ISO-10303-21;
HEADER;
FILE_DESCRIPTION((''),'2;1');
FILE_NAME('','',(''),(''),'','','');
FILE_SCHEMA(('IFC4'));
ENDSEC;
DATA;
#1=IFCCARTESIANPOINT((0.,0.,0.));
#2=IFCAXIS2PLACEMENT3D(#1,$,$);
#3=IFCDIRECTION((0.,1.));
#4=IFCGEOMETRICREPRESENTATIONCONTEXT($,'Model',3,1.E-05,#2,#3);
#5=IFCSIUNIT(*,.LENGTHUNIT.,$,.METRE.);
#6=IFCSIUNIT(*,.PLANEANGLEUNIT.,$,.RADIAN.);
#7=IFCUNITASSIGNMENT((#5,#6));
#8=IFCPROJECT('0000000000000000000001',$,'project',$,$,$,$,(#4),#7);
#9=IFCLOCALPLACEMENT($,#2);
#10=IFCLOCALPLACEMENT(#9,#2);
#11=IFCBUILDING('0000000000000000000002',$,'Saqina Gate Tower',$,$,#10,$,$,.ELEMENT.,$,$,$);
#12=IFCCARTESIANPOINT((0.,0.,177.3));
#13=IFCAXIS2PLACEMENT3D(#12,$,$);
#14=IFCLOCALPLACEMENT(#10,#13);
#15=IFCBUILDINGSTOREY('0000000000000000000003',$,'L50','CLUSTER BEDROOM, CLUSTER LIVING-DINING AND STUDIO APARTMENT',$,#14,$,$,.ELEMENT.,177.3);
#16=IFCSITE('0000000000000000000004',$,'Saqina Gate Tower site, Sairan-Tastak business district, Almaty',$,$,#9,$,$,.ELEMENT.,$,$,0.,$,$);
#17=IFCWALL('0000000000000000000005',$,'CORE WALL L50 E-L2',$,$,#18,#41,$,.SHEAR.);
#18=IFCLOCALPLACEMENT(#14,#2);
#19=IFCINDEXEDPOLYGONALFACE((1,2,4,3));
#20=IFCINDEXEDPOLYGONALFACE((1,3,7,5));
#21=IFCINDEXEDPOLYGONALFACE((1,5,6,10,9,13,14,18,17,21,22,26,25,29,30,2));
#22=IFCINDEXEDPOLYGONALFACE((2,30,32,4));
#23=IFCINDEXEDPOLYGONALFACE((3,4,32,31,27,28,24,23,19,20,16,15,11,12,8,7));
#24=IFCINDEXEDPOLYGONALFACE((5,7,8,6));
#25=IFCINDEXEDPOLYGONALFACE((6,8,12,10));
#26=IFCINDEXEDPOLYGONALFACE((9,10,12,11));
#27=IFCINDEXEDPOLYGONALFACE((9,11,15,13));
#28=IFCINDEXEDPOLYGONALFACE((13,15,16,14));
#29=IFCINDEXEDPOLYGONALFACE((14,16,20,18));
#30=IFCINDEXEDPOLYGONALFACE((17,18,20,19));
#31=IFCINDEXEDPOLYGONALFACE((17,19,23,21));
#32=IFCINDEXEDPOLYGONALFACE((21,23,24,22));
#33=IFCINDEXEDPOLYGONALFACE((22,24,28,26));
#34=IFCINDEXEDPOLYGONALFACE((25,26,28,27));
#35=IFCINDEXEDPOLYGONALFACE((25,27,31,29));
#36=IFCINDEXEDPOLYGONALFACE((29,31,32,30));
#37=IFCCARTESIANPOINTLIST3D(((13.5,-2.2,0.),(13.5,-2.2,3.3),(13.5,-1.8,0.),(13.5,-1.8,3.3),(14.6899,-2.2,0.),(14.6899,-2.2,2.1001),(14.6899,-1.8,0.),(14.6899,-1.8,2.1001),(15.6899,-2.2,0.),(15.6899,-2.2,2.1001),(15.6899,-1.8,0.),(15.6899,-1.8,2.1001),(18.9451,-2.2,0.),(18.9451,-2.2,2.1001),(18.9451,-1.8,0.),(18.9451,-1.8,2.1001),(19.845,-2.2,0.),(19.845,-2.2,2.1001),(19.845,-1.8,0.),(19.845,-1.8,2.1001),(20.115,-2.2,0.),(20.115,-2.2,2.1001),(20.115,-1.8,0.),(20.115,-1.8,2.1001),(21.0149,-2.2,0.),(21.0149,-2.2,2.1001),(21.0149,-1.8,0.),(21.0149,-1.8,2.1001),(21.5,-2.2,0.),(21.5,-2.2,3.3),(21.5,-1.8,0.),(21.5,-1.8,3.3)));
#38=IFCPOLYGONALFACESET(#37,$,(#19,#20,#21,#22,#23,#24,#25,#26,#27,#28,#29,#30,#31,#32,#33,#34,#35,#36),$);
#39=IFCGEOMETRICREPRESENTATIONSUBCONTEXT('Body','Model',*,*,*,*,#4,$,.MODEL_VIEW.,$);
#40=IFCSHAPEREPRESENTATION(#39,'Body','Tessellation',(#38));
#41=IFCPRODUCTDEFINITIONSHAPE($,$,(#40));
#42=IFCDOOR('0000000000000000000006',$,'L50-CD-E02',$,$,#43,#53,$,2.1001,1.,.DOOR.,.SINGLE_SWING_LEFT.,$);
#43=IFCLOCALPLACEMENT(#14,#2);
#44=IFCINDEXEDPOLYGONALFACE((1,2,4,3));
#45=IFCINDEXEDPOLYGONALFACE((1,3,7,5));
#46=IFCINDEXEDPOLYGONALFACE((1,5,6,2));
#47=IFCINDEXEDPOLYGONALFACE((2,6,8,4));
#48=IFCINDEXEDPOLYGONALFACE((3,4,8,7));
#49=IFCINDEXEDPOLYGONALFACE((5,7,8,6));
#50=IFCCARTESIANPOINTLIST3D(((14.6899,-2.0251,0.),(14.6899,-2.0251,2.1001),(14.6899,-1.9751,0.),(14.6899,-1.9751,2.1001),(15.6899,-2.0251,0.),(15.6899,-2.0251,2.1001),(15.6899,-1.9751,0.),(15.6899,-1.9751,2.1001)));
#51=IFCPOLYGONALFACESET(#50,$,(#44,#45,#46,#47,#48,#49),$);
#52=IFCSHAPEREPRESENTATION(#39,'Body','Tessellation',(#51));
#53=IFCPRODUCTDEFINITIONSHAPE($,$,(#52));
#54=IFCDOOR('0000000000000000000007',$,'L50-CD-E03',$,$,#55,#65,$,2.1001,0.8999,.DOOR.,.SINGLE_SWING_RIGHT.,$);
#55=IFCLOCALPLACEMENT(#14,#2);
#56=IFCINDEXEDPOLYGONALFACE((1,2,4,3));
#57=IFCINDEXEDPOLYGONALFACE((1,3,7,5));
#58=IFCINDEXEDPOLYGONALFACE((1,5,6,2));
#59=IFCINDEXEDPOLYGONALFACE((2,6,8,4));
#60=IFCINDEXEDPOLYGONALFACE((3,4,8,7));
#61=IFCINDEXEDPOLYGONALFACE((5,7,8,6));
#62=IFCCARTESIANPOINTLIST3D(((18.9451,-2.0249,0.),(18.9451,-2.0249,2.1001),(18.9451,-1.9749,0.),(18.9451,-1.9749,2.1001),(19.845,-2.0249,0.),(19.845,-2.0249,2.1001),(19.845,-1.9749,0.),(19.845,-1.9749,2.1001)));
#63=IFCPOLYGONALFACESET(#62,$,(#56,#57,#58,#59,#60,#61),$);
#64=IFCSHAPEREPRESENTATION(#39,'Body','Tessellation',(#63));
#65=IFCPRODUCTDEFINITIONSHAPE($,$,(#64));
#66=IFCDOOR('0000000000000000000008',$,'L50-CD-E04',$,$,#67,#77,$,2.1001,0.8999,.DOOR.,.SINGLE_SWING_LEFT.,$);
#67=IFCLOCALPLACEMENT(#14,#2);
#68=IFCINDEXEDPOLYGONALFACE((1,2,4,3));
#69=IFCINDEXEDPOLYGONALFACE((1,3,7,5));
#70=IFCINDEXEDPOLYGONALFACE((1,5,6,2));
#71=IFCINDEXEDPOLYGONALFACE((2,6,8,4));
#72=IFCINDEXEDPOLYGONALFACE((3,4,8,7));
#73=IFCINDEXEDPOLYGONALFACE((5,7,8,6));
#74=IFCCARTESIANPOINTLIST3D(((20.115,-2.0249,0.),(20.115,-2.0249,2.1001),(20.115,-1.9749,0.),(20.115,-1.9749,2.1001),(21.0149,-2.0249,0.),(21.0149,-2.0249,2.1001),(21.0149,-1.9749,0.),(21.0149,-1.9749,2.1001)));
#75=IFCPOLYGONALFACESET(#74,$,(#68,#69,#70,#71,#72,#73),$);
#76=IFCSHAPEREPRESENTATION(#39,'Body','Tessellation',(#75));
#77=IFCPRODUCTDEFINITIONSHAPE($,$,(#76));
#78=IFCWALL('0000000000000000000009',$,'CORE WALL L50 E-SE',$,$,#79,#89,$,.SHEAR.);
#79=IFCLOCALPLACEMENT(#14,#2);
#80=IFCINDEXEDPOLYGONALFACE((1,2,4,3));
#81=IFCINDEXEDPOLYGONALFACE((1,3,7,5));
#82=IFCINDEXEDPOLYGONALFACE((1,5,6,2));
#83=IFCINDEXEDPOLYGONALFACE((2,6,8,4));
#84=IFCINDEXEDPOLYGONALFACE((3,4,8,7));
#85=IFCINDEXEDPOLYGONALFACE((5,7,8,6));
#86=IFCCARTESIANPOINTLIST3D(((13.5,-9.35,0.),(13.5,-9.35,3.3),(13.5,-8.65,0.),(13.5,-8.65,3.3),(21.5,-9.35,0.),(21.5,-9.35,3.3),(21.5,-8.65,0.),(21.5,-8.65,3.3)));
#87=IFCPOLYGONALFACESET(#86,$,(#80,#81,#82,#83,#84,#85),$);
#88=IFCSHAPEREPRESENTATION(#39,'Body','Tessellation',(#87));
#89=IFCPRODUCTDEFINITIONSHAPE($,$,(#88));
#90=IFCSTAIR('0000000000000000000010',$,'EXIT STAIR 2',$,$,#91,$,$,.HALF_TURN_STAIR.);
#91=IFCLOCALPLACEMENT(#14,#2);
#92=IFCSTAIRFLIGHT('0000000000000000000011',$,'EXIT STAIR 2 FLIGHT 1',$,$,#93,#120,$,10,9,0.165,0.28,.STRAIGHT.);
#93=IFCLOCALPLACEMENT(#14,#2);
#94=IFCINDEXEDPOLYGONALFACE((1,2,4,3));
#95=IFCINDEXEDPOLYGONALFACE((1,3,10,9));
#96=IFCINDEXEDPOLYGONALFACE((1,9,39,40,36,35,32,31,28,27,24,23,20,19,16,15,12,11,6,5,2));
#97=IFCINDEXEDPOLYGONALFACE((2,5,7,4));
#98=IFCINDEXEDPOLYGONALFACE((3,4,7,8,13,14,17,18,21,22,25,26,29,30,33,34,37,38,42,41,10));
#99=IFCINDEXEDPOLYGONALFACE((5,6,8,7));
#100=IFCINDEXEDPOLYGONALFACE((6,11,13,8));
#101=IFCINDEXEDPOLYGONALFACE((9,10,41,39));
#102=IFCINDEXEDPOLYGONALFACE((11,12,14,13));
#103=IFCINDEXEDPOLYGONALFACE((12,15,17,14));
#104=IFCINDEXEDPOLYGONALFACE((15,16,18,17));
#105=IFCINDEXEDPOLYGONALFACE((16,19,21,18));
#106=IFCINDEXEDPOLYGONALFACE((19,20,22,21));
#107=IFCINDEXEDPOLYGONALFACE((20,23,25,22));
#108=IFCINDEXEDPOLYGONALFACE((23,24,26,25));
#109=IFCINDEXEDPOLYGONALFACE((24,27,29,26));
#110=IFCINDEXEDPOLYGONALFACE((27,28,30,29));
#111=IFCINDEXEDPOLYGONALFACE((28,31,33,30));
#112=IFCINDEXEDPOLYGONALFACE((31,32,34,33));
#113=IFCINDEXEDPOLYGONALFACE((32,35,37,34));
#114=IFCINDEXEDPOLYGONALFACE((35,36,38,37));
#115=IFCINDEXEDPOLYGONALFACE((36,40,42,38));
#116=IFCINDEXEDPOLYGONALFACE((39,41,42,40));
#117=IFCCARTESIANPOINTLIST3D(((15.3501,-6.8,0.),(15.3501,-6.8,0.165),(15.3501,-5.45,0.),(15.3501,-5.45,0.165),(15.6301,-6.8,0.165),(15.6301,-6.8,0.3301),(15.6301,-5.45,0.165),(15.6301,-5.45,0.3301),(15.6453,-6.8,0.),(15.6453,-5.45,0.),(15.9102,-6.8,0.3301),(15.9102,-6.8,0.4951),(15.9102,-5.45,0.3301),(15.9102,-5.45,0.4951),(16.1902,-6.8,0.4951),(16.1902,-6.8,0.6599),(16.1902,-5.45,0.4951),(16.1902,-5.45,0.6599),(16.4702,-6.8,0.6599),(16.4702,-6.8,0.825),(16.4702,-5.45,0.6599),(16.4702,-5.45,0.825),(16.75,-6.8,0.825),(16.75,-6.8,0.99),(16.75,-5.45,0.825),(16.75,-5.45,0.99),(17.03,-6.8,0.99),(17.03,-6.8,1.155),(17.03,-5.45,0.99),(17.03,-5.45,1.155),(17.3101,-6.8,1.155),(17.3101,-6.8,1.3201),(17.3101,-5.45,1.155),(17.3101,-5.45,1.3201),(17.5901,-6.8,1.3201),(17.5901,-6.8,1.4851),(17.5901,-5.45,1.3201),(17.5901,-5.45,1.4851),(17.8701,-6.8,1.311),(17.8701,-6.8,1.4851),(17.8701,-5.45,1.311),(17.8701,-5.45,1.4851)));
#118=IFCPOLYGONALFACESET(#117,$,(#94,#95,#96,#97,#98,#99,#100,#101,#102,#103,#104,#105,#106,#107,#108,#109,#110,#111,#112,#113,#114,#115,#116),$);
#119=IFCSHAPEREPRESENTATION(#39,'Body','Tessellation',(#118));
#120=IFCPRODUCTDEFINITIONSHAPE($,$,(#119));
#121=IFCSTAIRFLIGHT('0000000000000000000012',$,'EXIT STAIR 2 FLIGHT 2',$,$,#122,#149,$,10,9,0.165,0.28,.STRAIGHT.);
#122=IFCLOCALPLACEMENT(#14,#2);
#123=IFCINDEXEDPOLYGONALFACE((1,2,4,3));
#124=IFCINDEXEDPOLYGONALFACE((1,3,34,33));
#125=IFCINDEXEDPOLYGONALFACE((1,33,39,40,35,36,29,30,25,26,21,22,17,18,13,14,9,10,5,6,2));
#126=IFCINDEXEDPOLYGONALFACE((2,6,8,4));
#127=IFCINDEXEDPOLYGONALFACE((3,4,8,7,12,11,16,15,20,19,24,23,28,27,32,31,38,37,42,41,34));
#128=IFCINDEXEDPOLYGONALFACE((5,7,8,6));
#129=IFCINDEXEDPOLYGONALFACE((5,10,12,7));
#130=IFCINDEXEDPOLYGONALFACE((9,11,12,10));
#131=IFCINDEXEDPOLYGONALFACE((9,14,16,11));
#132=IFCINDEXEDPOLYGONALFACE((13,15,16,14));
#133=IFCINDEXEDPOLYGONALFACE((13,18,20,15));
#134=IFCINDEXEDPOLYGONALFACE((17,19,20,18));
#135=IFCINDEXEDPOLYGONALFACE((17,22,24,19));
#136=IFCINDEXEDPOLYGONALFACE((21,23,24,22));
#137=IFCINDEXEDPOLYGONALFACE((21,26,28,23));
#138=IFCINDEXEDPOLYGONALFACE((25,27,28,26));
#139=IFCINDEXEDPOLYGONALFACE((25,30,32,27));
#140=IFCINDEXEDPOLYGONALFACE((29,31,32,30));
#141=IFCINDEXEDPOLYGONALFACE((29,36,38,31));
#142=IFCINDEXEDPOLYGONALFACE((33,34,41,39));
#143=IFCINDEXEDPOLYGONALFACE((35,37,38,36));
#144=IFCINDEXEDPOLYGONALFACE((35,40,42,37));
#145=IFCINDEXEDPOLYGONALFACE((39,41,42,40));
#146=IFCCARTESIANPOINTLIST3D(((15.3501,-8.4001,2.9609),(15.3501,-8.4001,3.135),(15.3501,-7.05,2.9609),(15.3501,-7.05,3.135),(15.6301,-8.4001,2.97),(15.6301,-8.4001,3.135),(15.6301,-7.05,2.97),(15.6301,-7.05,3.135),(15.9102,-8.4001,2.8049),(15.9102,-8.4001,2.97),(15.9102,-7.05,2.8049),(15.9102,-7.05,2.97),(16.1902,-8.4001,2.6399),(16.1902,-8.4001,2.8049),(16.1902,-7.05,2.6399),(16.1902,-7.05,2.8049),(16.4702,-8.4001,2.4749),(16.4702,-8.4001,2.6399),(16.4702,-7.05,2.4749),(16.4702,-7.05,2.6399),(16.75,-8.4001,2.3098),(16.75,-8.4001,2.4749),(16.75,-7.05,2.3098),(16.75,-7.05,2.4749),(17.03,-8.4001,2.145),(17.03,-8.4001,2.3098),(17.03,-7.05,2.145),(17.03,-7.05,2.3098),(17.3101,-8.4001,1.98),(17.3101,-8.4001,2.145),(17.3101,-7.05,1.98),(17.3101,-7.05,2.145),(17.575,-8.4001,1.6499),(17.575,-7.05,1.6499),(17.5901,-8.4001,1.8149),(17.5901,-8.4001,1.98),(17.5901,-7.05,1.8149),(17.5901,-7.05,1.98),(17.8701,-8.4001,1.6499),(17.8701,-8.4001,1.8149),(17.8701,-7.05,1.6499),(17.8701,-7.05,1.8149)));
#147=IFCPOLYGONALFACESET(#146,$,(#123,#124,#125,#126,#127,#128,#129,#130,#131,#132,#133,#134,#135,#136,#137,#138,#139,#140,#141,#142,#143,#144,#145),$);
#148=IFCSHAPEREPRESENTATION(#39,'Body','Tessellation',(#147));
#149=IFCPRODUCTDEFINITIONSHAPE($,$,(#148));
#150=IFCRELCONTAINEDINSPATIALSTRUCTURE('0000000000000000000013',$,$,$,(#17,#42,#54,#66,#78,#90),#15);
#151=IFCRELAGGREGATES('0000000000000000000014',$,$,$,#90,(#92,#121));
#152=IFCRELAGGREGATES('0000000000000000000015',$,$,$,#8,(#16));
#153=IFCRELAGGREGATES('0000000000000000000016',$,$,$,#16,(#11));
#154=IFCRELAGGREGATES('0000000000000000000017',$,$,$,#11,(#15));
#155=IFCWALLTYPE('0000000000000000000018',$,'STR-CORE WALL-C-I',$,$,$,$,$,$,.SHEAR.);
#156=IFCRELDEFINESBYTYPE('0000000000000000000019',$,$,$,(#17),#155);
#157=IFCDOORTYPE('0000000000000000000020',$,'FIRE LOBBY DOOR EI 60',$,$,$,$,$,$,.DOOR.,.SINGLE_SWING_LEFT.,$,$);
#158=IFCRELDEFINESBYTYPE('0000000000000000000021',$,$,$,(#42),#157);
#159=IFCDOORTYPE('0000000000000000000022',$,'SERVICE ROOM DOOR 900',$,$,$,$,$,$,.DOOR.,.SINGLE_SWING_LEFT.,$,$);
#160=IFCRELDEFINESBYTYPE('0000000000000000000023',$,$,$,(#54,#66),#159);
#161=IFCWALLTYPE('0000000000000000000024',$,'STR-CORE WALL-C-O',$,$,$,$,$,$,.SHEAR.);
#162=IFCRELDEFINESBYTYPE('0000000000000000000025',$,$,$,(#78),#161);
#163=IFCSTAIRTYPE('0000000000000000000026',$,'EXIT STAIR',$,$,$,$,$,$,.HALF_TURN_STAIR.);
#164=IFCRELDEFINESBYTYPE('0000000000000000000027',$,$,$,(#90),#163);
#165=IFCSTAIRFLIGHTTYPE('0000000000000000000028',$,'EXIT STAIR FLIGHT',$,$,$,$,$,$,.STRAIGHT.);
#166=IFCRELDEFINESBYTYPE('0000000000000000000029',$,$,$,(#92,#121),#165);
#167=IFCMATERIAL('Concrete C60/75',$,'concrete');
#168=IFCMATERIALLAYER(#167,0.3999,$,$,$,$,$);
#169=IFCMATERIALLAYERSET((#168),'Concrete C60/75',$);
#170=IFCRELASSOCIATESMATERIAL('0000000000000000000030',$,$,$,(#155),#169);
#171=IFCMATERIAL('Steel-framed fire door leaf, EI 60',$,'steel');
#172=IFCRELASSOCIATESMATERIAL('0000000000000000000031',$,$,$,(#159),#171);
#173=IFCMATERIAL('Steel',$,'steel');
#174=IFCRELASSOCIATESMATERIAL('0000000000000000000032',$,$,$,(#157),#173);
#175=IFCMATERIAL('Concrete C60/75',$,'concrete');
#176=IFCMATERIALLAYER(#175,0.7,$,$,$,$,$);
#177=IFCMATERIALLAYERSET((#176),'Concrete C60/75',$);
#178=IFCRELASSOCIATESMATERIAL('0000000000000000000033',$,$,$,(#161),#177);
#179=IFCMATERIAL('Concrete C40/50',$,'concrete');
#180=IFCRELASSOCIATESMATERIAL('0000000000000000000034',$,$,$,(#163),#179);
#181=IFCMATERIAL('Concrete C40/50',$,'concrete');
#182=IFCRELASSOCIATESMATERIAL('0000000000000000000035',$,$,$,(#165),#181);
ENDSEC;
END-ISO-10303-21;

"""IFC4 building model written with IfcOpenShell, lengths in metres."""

from ifc_helpers import new_model, si_unit, direction, frame, frame_2d, origin, place, context, subcontext, project, spatial, polyline, rectangle, outline, extrude, material, layer, layer_set, type_object, element, fill, aggregate, save


model = new_model("IFC4")

# Units and contexts
model_context = context("Model", 3, precision=1e-05, world=origin(), true_north=direction((0.0, 1.0)))
body_context = subcontext(model_context, "Body", "Model", "MODEL_VIEW")
ifc_project = project(units=[si_unit("LENGTHUNIT", "METRE"), si_unit("PLANEANGLEUNIT", "RADIAN")], contexts=[model_context])

# Site, building, storey
site_placement = place(None, origin())
site = spatial("IfcSite", under=ifc_project, at=site_placement, Name="Saqina Gate Tower site, Sairan-Tastak business district, Almaty", CompositionType="ELEMENT", RefElevation=0.0)
building_placement = place(site_placement, origin())
building = spatial("IfcBuilding", under=site, at=building_placement, Name="Saqina Gate Tower", CompositionType="ELEMENT")
storey_placement = place(building_placement, frame((0.0, 0.0, 177.3)))
storey = spatial("IfcBuildingStorey", under=building, at=storey_placement, Name="L50", Description="CLUSTER BEDROOM, CLUSTER LIVING-DINING AND STUDIO APARTMENT", CompositionType="ELEMENT", Elevation=177.3)

# Wall, openings, doors
ifc_material_1 = material(Name="Concrete C60/75", Category="concrete")
ifc_layer_1 = layer(ifc_material_1, 0.3999)
ifc_layer_set_1 = layer_set([ifc_layer_1], Name="Concrete C60/75")
wall_type_1 = type_object("IfcWallType", Name="STR-CORE WALL-C-I", PredefinedType="SHEAR", material=ifc_layer_set_1)
ifc_material_2 = material(Name="Steel-framed fire door leaf, EI 60", Category="steel")
door_type_1 = type_object("IfcDoorType", Name="SERVICE ROOM DOOR 900", OperationType="SINGLE_SWING_LEFT", PredefinedType="DOOR", material=ifc_material_2)
wall_1_placement = place(storey_placement, frame((13.5, -2.0, 0.0), z_axis=(0.0, 0.0, 1.0), x_axis=(1.0, 0.0, 0.0)))
wall_1 = element("IfcWall", 1, at=wall_1_placement, inside=storey, type_object=wall_type_1, Name="CORE WALL L50 E-L2", PredefinedType="SHEAR", context=body_context, shape_type="SweptSolid", body=[
    extrude(rectangle(XDim=8.0, YDim=0.3999, at=frame_2d((4.0, 0.0))), origin(), (0.0, 0.0, 1.0), 3.3),
])
opening_1_placement = place(wall_1_placement, frame((1.1899, 0.0, 0.0)))
opening_1 = element("IfcOpeningElement", 2, at=opening_1_placement, cuts=wall_1, PredefinedType="OPENING", context=body_context, shape_type="SweptSolid", body=[
    extrude(rectangle(XDim=1.0, YDim=2.1001, at=frame_2d((0.5, 1.05))), frame((0.0, 0.2119, 0.0), z_axis=(0.0, -1.0, 0.0), x_axis=(1.0, 0.0, 0.0)), (0.0, 0.0, 1.0), 0.4238),
])
opening_2_placement = place(wall_1_placement, frame((5.4451, 0.0, 0.0)))
opening_2 = element("IfcOpeningElement", 3, at=opening_2_placement, cuts=wall_1, PredefinedType="OPENING", context=body_context, shape_type="SweptSolid", body=[
    extrude(rectangle(XDim=0.8999, YDim=2.1001, at=frame_2d((0.45, 1.05))), frame((0.0, 0.2119, 0.0), z_axis=(0.0, -1.0, 0.0), x_axis=(1.0, 0.0, 0.0)), (0.0, 0.0, 1.0), 0.4238),
])
opening_3_placement = place(wall_1_placement, frame((6.615, 0.0, 0.0)))
opening_3 = element("IfcOpeningElement", 4, at=opening_3_placement, cuts=wall_1, PredefinedType="OPENING", context=body_context, shape_type="SweptSolid", body=[
    extrude(rectangle(XDim=0.8999, YDim=2.1001, at=frame_2d((0.45, 1.05))), frame((0.0, 0.2119, 0.0), z_axis=(0.0, -1.0, 0.0), x_axis=(1.0, 0.0, 0.0)), (0.0, 0.0, 1.0), 0.4238),
])
ifc_material_3 = material(Name="Steel", Category="steel")
door_type_2 = type_object("IfcDoorType", Name="FIRE LOBBY DOOR EI 60", OperationType="SINGLE_SWING_LEFT", PredefinedType="DOOR", material=ifc_material_3)
door_1_placement = place(opening_1_placement, origin())
door_1 = element("IfcDoor", 5, at=door_1_placement, inside=storey, type_object=door_type_2, Name="L50-CD-E02", OperationType="SINGLE_SWING_LEFT", OverallHeight=2.1001, OverallWidth=1.0, PredefinedType="DOOR", context=body_context, shape_type="SweptSolid", body=[
    extrude(rectangle(XDim=1.0, YDim=2.1001, at=frame_2d((0.5, 1.05))), frame((0.0, 0.0249, 0.0), z_axis=(0.0, -1.0, 0.0), x_axis=(1.0, 0.0, 0.0)), (0.0, 0.0, 1.0), 0.05),
])
fill(opening_1, door_1)
door_2_placement = place(opening_2_placement, frame((0.8999, 0.0, 0.0), z_axis=(0.0, 0.0, 1.0), x_axis=(-1.0, 0.0, 0.0)))
door_2 = element("IfcDoor", 6, at=door_2_placement, inside=storey, type_object=door_type_1, Name="L50-CD-E03", OperationType="SINGLE_SWING_RIGHT", OverallHeight=2.1001, OverallWidth=0.8999, PredefinedType="DOOR", context=body_context, shape_type="SweptSolid", body=[
    extrude(rectangle(XDim=0.8999, YDim=2.1001, at=frame_2d((0.45, 1.05))), frame((0.0, 0.0249, 0.0), z_axis=(0.0, -1.0, 0.0), x_axis=(1.0, 0.0, 0.0)), (0.0, 0.0, 1.0), 0.05),
])
fill(opening_2, door_2)
door_3_placement = place(opening_3_placement, frame((0.8999, 0.0, 0.0), z_axis=(0.0, 0.0, 1.0), x_axis=(-1.0, 0.0, 0.0)))
door_3 = element("IfcDoor", 7, at=door_3_placement, inside=storey, type_object=door_type_1, Name="L50-CD-E04", OperationType="SINGLE_SWING_LEFT", OverallHeight=2.1001, OverallWidth=0.8999, PredefinedType="DOOR", context=body_context, shape_type="SweptSolid", body=[
    extrude(rectangle(XDim=0.8999, YDim=2.1001, at=frame_2d((0.45, 1.05))), frame((0.0, 0.0249, 0.0), z_axis=(0.0, -1.0, 0.0), x_axis=(1.0, 0.0, 0.0)), (0.0, 0.0, 1.0), 0.05),
])
fill(opening_3, door_3)
ifc_material_4 = material(Name="Concrete C60/75", Category="concrete")
ifc_layer_2 = layer(ifc_material_4, 0.7)
ifc_layer_set_2 = layer_set([ifc_layer_2], Name="Concrete C60/75")
wall_type_2 = type_object("IfcWallType", Name="STR-CORE WALL-C-O", PredefinedType="SHEAR", material=ifc_layer_set_2)

# Wall
wall_2_placement = place(storey_placement, frame((13.5, -9.0, 0.0), z_axis=(0.0, 0.0, 1.0), x_axis=(1.0, 0.0, 0.0)))
element("IfcWall", 8, at=wall_2_placement, inside=storey, type_object=wall_type_2, Name="CORE WALL L50 E-SE", PredefinedType="SHEAR", context=body_context, shape_type="SweptSolid", body=[
    extrude(rectangle(XDim=8.0, YDim=0.7, at=frame_2d((4.0, 0.0))), origin(), (0.0, 0.0, 1.0), 3.3),
])

# Stair, stair flights
ifc_material_5 = material(Name="Concrete C40/50", Category="concrete")
stair_type = type_object("IfcStairType", Name="EXIT STAIR", PredefinedType="HALF_TURN_STAIR", material=ifc_material_5)
stair_placement = place(storey_placement, origin())
stair = element("IfcStair", 9, at=stair_placement, inside=storey, type_object=stair_type, Name="EXIT STAIR 2", PredefinedType="HALF_TURN_STAIR")
ifc_material_6 = material(Name="Concrete C40/50", Category="concrete")
stair_flight_type = type_object("IfcStairFlightType", Name="EXIT STAIR FLIGHT", PredefinedType="STRAIGHT", material=ifc_material_6)
stair_flight_1_placement = place(storey_placement, frame((15.3501, -6.125, 0.0), z_axis=(0.0, 0.0, 1.0), x_axis=(1.0, 0.0, 0.0)))
stair_flight_1 = element("IfcStairFlight", 10, at=stair_flight_1_placement, type_object=stair_flight_type, Name="EXIT STAIR 2 FLIGHT 1", NumberOfRisers=10, NumberOfTreads=9, PredefinedType="STRAIGHT", RiserHeight=0.165, TreadLength=0.28, context=body_context, shape_type="SweptSolid", body=[
    extrude(outline(polyline([(0.0, 0.0), (0.0, 0.165), (0.28, 0.165), (0.28, 0.3301), (0.5601, 0.3301), (0.5601, 0.4951), (0.8401, 0.4951), (0.8401, 0.6599), (1.1201, 0.6599), (1.1201, 0.825), (1.3999, 0.825), (1.3999, 0.99), (1.6799, 0.99), (1.6799, 1.155), (1.96, 1.155), (1.96, 1.3201), (2.24, 1.3201), (2.24, 1.4851), (2.52, 1.4851), (2.52, 1.6499), (2.52, 1.311), (0.2952, 0.0), (0.0, 0.0)])), frame((0.0, 0.675, 0.0), z_axis=(0.0, -1.0, 0.0), x_axis=(1.0, 0.0, 0.0)), (0.0, 0.0, 1.0), 1.3501),
])
stair_flight_2_placement = place(storey_placement, frame((17.8701, -7.7251, 1.6499), z_axis=(0.0, 0.0, 1.0), x_axis=(-1.0, 0.0, 0.0)))
stair_flight_2 = element("IfcStairFlight", 11, at=stair_flight_2_placement, type_object=stair_flight_type, Name="EXIT STAIR 2 FLIGHT 2", NumberOfRisers=10, NumberOfTreads=9, PredefinedType="STRAIGHT", RiserHeight=0.165, TreadLength=0.28, context=body_context, shape_type="SweptSolid", body=[
    extrude(outline(polyline([(0.0, 0.0), (0.0, 0.165), (0.28, 0.165), (0.28, 0.3301), (0.5601, 0.3301), (0.5601, 0.4951), (0.8401, 0.4951), (0.8401, 0.6599), (1.1201, 0.6599), (1.1201, 0.825), (1.3999, 0.825), (1.3999, 0.99), (1.6799, 0.99), (1.6799, 1.155), (1.96, 1.155), (1.96, 1.3201), (2.24, 1.3201), (2.24, 1.4851), (2.52, 1.4851), (2.52, 1.6499), (2.52, 1.311), (0.2952, 0.0), (0.0, 0.0)])), frame((0.0, 0.675, 0.0), z_axis=(0.0, -1.0, 0.0), x_axis=(1.0, 0.0, 0.0)), (0.0, 0.0, 1.0), 1.3501),
])
aggregate(stair, [stair_flight_1, stair_flight_2])

save(model, "model.ifc")
